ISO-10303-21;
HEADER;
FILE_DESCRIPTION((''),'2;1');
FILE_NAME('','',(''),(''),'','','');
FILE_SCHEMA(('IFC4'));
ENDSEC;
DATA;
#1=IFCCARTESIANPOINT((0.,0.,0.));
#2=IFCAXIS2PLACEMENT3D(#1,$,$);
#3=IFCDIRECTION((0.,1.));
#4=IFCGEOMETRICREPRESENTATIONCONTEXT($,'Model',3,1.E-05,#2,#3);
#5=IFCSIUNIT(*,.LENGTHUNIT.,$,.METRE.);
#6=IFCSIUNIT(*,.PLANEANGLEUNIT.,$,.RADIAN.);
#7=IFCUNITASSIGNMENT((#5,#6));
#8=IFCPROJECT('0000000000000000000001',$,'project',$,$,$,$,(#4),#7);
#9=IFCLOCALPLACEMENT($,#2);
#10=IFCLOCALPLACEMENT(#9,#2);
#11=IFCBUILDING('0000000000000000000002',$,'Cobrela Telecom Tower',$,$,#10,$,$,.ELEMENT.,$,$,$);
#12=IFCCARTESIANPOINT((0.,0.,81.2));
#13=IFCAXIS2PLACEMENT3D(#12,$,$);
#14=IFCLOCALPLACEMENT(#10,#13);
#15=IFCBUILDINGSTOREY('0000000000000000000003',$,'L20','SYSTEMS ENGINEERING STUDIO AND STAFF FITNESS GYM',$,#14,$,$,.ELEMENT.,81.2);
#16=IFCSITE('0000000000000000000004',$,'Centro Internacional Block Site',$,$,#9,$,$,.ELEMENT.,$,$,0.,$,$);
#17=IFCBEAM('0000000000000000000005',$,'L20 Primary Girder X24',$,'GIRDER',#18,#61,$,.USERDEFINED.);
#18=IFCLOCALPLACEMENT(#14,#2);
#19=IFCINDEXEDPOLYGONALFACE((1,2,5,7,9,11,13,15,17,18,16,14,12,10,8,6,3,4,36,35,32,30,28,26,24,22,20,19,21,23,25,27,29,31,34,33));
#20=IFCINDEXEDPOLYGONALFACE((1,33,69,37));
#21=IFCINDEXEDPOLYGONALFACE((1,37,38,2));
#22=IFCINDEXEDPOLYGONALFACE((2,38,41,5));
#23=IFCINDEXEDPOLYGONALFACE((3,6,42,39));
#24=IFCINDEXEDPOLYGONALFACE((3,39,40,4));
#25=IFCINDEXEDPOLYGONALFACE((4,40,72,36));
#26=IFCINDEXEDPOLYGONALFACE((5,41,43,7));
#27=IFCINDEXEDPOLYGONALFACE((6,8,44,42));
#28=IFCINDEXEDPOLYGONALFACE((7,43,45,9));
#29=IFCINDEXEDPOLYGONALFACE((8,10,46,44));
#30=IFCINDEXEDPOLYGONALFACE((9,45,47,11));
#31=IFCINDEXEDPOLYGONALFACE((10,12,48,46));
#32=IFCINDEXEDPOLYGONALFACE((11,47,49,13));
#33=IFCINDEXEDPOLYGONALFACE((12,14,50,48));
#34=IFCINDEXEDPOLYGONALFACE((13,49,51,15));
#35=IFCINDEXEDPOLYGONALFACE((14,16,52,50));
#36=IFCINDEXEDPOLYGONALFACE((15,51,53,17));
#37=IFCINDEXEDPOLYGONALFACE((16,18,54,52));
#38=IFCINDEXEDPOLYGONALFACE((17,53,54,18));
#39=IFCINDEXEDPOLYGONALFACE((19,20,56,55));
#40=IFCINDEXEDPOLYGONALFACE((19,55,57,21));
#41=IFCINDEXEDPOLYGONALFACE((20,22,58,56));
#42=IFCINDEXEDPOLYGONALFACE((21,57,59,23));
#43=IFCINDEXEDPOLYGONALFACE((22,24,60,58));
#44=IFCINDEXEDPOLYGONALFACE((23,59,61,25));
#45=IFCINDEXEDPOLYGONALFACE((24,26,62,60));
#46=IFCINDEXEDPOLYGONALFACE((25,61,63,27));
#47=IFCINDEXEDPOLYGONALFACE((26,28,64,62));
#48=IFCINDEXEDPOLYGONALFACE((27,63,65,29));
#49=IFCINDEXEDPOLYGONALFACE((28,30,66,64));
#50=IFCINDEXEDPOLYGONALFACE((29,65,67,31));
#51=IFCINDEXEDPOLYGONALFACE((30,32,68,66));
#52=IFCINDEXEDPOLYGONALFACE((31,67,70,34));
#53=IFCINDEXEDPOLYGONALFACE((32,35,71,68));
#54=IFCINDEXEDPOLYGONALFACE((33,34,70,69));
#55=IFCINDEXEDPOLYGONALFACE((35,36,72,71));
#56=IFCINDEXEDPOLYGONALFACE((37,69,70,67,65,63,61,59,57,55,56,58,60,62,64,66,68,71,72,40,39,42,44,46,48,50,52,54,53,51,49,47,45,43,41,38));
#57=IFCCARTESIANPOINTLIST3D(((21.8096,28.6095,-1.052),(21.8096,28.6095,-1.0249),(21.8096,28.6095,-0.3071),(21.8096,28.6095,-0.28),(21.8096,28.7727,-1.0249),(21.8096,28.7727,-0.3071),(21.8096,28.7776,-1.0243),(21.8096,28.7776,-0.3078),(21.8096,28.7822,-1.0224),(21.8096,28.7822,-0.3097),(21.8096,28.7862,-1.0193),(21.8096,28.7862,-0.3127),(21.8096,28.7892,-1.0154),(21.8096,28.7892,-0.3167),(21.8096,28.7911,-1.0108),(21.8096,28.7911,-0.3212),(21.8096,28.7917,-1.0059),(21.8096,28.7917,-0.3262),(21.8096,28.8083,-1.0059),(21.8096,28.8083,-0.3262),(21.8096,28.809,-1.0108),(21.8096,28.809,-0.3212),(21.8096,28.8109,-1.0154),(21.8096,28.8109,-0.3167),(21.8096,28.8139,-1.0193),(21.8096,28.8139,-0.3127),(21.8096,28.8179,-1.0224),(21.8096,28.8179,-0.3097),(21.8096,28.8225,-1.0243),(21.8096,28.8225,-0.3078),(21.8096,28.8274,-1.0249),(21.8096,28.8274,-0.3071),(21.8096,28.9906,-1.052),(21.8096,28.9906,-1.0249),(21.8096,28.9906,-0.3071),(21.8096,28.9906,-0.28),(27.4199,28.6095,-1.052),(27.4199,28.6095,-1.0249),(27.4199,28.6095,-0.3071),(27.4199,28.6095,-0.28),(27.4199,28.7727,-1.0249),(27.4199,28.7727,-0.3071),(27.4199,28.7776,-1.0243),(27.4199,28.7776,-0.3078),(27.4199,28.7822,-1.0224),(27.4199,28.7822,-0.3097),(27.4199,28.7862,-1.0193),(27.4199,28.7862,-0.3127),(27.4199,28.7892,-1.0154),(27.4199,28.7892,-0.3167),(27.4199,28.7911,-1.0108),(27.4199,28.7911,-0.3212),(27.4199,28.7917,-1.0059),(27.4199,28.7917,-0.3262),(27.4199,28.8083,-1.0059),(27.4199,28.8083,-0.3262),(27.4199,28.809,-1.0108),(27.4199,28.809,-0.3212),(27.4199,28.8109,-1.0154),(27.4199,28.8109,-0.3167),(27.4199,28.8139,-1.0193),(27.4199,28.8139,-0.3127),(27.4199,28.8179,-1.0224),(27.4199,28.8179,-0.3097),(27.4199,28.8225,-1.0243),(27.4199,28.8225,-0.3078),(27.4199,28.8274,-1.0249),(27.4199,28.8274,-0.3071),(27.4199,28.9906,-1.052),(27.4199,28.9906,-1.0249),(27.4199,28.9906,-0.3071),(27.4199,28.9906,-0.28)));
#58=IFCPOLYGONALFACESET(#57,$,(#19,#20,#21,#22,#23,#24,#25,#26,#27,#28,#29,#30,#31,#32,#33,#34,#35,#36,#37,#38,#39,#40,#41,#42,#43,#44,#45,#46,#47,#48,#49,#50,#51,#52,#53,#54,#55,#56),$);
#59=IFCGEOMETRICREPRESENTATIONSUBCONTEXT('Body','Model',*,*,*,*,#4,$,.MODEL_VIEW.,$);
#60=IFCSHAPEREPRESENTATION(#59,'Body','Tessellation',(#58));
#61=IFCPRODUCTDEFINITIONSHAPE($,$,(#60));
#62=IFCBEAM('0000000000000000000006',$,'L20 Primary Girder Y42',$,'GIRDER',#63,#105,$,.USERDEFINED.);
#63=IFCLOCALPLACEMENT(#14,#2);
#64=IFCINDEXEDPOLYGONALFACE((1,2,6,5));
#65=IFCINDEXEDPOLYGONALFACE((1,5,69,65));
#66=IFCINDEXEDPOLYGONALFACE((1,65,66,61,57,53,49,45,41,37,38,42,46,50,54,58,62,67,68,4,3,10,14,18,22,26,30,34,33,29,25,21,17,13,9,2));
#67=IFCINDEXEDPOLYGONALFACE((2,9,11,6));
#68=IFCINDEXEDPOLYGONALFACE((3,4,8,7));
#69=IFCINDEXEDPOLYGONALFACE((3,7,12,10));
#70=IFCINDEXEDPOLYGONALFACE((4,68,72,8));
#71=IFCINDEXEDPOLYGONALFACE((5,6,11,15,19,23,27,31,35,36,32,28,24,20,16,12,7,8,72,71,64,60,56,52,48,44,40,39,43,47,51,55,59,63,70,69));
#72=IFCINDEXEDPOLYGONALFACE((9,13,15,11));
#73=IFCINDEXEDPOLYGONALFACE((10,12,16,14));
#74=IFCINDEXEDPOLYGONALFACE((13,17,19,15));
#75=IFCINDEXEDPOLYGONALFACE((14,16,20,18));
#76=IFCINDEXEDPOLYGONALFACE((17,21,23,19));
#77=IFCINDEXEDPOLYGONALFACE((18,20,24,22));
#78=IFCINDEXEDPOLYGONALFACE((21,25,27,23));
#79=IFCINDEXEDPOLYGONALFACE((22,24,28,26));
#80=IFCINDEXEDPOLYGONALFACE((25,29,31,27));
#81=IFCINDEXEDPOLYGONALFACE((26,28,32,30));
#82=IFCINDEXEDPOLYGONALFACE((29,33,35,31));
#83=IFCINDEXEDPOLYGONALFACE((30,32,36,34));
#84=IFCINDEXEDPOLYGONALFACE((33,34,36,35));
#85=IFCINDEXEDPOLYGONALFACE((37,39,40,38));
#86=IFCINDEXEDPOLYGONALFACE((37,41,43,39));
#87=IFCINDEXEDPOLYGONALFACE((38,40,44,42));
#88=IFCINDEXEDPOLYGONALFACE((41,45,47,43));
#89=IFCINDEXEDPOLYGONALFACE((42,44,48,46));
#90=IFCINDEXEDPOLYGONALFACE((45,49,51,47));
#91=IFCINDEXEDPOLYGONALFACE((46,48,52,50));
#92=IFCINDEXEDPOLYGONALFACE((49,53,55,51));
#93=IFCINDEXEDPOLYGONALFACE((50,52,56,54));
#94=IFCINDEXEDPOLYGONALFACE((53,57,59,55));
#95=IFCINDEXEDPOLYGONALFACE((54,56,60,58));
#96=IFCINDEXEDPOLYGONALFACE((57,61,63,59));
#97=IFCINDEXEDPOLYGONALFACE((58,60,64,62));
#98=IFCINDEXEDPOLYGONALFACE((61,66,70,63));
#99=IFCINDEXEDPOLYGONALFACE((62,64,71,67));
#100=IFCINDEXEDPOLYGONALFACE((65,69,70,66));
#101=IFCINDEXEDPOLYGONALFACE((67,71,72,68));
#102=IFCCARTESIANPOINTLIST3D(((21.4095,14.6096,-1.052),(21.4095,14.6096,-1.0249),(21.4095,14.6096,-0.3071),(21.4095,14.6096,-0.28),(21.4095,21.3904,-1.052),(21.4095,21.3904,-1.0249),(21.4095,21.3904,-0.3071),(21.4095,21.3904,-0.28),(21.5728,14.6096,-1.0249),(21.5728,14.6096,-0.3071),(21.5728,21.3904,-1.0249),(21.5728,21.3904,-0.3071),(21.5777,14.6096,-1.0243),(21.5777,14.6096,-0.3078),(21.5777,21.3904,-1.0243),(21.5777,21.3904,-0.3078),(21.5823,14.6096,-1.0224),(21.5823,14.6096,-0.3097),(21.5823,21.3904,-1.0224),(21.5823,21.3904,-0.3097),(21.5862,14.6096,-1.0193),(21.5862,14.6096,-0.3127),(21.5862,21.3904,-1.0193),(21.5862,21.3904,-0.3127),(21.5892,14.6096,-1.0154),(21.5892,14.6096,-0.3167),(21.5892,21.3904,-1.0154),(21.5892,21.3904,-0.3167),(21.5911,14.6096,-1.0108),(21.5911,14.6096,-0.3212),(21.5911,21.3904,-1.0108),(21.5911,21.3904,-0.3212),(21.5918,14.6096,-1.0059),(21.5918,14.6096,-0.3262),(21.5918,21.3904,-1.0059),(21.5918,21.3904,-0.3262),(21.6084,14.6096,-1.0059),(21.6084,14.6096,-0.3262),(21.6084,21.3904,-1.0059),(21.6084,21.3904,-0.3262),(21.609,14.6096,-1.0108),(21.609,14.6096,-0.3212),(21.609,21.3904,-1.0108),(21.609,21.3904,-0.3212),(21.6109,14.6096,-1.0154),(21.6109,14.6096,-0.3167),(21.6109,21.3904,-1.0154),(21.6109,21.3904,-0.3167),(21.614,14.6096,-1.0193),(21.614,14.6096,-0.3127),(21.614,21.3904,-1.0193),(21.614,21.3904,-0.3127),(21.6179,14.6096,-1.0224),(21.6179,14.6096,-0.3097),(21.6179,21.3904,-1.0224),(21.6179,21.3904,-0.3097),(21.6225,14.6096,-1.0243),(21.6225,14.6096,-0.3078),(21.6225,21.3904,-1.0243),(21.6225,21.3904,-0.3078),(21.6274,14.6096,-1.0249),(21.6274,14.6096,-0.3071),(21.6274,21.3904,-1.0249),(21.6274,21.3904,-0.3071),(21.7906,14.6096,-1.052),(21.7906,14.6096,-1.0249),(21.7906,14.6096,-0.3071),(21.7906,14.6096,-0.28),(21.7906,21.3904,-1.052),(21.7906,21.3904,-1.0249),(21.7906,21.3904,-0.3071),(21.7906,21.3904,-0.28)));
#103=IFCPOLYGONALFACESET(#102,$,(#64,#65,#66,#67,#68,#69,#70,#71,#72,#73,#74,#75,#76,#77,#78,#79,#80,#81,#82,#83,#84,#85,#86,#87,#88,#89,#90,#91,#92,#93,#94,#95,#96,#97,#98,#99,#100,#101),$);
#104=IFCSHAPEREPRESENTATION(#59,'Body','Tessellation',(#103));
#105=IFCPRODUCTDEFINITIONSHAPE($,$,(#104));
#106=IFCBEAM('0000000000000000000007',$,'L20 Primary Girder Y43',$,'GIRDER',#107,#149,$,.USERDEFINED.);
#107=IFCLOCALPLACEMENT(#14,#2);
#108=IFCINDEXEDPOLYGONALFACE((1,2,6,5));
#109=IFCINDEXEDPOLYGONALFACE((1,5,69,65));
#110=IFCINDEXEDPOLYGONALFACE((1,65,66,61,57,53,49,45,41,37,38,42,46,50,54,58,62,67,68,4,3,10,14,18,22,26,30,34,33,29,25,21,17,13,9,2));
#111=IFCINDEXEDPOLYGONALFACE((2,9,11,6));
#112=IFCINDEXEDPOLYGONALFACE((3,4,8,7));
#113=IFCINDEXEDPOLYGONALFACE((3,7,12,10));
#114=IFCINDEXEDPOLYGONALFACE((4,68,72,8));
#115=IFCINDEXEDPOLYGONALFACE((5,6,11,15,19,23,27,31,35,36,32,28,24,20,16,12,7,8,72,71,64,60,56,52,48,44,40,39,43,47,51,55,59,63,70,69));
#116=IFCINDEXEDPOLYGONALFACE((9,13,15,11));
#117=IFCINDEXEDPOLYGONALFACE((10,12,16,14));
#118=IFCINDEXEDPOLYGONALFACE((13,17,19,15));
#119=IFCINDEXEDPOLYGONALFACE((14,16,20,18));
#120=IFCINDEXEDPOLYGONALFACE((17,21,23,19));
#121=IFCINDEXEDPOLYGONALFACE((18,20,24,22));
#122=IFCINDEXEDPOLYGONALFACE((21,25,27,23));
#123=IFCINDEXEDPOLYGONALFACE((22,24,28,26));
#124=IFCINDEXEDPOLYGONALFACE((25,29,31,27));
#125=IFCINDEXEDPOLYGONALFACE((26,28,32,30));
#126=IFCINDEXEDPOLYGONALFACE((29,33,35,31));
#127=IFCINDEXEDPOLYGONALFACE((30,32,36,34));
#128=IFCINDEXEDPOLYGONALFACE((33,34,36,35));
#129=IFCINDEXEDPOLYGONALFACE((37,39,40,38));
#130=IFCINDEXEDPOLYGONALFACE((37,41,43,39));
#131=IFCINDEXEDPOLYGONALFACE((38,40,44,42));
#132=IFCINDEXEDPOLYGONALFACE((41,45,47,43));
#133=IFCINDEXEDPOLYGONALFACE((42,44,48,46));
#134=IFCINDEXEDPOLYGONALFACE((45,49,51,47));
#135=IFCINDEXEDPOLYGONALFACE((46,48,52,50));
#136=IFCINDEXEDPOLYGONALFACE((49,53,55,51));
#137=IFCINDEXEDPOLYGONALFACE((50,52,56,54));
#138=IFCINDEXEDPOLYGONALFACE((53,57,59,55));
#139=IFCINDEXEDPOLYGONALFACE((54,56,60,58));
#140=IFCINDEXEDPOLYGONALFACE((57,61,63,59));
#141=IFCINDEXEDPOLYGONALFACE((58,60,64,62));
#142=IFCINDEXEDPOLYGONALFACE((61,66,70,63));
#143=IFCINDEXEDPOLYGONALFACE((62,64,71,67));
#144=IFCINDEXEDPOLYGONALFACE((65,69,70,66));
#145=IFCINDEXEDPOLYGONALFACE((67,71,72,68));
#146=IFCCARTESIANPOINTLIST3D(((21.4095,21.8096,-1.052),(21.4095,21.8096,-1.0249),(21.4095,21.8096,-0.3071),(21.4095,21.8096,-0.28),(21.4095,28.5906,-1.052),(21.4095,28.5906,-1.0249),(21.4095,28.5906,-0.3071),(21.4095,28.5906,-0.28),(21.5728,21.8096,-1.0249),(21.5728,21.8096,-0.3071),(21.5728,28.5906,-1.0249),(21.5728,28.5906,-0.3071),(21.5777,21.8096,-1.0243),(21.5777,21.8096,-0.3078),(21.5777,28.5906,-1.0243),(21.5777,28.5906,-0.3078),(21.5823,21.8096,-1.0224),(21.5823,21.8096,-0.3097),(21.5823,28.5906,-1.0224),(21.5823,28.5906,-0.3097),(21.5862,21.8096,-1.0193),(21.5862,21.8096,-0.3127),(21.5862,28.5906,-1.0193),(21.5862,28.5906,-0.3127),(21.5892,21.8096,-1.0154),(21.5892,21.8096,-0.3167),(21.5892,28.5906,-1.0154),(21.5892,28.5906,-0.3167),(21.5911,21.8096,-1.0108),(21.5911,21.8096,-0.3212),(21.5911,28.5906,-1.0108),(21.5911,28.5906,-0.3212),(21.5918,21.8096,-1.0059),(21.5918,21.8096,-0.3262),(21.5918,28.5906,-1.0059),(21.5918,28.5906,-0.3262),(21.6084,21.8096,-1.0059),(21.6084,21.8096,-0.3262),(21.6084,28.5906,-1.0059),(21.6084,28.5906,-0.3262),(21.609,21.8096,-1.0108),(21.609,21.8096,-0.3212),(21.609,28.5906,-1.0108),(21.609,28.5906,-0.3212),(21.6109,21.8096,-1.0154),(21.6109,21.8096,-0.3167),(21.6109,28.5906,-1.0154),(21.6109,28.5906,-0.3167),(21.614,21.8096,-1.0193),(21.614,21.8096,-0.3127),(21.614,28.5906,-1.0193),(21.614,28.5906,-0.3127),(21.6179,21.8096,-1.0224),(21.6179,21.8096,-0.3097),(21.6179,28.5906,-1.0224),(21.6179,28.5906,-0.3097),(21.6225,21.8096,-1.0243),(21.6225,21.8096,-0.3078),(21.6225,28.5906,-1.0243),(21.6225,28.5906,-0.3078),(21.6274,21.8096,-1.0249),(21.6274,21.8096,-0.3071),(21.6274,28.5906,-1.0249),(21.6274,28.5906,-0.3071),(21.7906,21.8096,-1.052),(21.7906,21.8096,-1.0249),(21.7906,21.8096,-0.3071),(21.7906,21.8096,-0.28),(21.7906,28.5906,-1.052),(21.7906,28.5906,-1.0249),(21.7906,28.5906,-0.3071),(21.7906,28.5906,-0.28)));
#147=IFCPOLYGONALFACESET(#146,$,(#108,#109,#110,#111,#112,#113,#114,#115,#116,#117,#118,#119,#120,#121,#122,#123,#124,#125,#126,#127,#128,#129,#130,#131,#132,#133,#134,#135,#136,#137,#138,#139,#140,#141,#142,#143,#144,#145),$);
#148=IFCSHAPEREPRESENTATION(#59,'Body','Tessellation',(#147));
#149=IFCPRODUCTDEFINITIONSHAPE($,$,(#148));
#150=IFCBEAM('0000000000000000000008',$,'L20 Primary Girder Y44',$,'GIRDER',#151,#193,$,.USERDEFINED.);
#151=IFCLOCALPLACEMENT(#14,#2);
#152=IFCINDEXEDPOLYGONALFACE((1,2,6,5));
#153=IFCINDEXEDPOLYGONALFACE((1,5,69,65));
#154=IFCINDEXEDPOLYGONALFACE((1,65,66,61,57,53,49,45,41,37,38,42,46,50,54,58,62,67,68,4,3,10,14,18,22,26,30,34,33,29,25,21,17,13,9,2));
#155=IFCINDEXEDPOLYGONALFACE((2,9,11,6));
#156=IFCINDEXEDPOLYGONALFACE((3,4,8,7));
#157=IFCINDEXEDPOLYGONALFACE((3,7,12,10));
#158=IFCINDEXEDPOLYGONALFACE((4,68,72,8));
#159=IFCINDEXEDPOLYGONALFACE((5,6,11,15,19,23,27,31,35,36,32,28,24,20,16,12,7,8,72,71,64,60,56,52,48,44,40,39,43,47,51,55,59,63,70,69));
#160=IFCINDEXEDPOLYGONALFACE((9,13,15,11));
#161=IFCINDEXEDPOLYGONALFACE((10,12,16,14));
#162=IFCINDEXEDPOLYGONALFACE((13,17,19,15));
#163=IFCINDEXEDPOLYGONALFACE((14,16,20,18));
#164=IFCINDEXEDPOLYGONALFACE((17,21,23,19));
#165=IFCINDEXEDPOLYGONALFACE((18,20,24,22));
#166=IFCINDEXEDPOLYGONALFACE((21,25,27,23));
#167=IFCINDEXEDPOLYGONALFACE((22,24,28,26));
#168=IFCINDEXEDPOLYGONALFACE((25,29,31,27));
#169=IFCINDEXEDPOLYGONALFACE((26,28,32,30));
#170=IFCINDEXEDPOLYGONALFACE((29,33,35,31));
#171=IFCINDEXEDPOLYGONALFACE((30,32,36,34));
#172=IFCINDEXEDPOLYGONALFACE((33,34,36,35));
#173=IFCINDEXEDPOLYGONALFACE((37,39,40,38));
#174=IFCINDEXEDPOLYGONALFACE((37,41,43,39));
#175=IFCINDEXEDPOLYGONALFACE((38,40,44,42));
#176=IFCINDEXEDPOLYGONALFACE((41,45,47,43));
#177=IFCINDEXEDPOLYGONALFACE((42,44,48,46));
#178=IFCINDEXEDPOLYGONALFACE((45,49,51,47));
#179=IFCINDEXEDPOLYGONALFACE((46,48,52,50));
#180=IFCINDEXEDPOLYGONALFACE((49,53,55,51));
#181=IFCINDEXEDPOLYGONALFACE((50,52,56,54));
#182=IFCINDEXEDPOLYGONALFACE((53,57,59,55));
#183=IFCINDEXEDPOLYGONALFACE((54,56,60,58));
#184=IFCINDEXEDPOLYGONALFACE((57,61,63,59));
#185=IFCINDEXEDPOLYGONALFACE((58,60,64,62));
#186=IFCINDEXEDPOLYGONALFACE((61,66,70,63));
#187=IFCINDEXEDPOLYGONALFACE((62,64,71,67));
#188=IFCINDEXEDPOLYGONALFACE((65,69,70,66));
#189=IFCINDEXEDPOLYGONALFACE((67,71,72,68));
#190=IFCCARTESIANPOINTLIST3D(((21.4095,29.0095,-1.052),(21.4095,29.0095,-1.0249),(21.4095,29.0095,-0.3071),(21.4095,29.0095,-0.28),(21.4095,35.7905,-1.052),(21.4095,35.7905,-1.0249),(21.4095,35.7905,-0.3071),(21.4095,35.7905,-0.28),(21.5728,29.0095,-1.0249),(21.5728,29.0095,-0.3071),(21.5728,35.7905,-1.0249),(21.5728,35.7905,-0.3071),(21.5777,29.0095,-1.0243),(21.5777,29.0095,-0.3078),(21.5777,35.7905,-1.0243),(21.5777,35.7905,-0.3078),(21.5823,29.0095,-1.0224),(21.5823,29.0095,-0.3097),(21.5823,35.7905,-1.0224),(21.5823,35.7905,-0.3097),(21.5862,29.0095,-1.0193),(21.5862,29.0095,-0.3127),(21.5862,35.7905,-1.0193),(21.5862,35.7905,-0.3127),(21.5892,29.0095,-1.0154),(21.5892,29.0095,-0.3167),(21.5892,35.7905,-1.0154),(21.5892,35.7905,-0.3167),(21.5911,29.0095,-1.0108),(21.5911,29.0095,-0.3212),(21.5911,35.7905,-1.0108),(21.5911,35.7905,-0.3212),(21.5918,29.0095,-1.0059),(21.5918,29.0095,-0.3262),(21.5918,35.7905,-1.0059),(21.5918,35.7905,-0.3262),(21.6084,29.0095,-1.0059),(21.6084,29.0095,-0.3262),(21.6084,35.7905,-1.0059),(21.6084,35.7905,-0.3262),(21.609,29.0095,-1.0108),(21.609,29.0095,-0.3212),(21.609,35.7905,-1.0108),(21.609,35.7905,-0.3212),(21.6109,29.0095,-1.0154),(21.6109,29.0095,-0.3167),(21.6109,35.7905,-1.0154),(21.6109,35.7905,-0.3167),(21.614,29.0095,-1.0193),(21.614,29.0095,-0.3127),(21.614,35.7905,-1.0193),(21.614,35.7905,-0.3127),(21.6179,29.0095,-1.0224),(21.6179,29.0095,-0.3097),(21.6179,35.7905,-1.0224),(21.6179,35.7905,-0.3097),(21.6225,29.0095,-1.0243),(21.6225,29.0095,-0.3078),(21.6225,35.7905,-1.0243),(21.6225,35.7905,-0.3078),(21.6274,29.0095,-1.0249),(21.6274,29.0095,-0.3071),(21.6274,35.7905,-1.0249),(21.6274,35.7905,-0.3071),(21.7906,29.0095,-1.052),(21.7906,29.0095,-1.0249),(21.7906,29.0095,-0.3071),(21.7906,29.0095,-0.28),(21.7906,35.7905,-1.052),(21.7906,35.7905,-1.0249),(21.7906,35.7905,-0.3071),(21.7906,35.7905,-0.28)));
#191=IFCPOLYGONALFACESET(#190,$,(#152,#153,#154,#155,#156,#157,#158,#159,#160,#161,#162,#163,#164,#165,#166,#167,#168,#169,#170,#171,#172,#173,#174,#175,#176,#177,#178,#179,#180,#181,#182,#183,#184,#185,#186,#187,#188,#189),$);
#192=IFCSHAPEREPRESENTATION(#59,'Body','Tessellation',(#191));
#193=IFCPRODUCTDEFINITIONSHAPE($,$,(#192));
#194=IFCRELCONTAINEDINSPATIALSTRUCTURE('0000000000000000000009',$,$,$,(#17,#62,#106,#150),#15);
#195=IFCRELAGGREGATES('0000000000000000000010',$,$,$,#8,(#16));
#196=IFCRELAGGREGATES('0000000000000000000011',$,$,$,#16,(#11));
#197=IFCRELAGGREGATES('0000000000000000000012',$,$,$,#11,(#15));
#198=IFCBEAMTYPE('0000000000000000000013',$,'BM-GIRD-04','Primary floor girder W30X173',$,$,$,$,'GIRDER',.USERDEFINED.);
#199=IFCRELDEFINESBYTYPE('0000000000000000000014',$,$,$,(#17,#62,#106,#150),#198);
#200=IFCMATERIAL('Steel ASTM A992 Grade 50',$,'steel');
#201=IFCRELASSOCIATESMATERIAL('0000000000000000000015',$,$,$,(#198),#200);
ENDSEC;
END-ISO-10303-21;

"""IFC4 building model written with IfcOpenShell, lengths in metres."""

from ifc_helpers import new_model, si_unit, direction, frame, origin, origin_2d, place, context, subcontext, project, spatial, i_section, extrude, material, material_profile, profile_set, type_object, element, save


model = new_model("IFC4")

# Units and contexts
model_context = context("Model", 3, precision=1e-05, world=origin(), true_north=direction((0.0, 1.0)))
body_context = subcontext(model_context, "Body", "Model", "MODEL_VIEW")
ifc_project = project(units=[si_unit("LENGTHUNIT", "METRE"), si_unit("PLANEANGLEUNIT", "RADIAN")], contexts=[model_context])

# Site, building, storey
site_placement = place(None, origin())
site = spatial("IfcSite", under=ifc_project, at=site_placement, Name="Centro Internacional Block Site", CompositionType="ELEMENT", RefElevation=0.0)
building_placement = place(site_placement, origin())
building = spatial("IfcBuilding", under=site, at=building_placement, Name="Cobrela Telecom Tower", CompositionType="ELEMENT")
storey_placement = place(building_placement, frame((0.0, 0.0, 81.2)))
storey = spatial("IfcBuildingStorey", under=building, at=storey_placement, Name="L20", Description="SYSTEMS ENGINEERING STUDIO AND STAFF FITNESS GYM", CompositionType="ELEMENT", Elevation=81.2)

# Shared definitions
ifc_material_1 = material(Name="Steel ASTM A992 Grade 50", Category="steel")

# Beams
ifc_material_profile_1 = material_profile(ifc_material_1, i_section(OverallWidth=0.3811, OverallDepth=0.772, WebThickness=0.0166, FlangeThickness=0.0271, FilletRadius=0.019, at=origin_2d()), Name="W30X173")
ifc_profile_set_1 = profile_set([ifc_material_profile_1], Name="Steel ASTM A992 Grade 50")
beam_type_1 = type_object("IfcBeamType", Name="BM-GIRD-04", Description="Primary floor girder W30X173", ElementType="GIRDER", PredefinedType="USERDEFINED", material=ifc_profile_set_1)
beam_1_placement = place(storey_placement, frame((21.8096, 28.8, -0.666), z_axis=(1.0, 0.0, 0.0), x_axis=(0.0, 1.0, 0.0)))
element("IfcBeam", 1, at=beam_1_placement, inside=storey, type_object=beam_type_1, Name="L20 Primary Girder X24", ObjectType="GIRDER", PredefinedType="USERDEFINED", context=body_context, shape_type="SweptSolid", body=[
    extrude(i_section(OverallWidth=0.3811, OverallDepth=0.772, WebThickness=0.0166, FlangeThickness=0.0271, FilletRadius=0.019, at=origin_2d()), origin(), (0.0, 0.0, 1.0), 5.6104),
])
beam_2_placement = place(storey_placement, frame((21.6001, 14.6096, -0.666), z_axis=(0.0, 1.0, 0.0), x_axis=(-1.0, 0.0, 0.0)))
element("IfcBeam", 2, at=beam_2_placement, inside=storey, type_object=beam_type_1, Name="L20 Primary Girder Y42", ObjectType="GIRDER", PredefinedType="USERDEFINED", context=body_context, shape_type="SweptSolid", body=[
    extrude(i_section(OverallWidth=0.3811, OverallDepth=0.772, WebThickness=0.0166, FlangeThickness=0.0271, FilletRadius=0.019, at=origin_2d()), origin(), (0.0, 0.0, 1.0), 6.7808),
])
for number, where, z_axis, x_axis, name in (
    (3, (21.6001, 21.8096, -0.666), (0.0, 1.0, 0.0), (-1.0, 0.0, 0.0), "L20 Primary Girder Y43"),
    (4, (21.6001, 29.0095, -0.666), (0.0, 1.0, 0.0), (-1.0, 0.0, 0.0), "L20 Primary Girder Y44"),
):
    element("IfcBeam", number, at=place(storey_placement, frame(where, z_axis=z_axis, x_axis=x_axis)), inside=storey, type_object=beam_type_1, Name=name, ObjectType="GIRDER", PredefinedType="USERDEFINED", context=body_context, shape_type="SweptSolid", body=[
        extrude(i_section(OverallWidth=0.3811, OverallDepth=0.772, WebThickness=0.0166, FlangeThickness=0.0271, FilletRadius=0.019, at=origin_2d()), origin(), (0.0, 0.0, 1.0), 6.781),
    ])

save(model, "model.ifc")
